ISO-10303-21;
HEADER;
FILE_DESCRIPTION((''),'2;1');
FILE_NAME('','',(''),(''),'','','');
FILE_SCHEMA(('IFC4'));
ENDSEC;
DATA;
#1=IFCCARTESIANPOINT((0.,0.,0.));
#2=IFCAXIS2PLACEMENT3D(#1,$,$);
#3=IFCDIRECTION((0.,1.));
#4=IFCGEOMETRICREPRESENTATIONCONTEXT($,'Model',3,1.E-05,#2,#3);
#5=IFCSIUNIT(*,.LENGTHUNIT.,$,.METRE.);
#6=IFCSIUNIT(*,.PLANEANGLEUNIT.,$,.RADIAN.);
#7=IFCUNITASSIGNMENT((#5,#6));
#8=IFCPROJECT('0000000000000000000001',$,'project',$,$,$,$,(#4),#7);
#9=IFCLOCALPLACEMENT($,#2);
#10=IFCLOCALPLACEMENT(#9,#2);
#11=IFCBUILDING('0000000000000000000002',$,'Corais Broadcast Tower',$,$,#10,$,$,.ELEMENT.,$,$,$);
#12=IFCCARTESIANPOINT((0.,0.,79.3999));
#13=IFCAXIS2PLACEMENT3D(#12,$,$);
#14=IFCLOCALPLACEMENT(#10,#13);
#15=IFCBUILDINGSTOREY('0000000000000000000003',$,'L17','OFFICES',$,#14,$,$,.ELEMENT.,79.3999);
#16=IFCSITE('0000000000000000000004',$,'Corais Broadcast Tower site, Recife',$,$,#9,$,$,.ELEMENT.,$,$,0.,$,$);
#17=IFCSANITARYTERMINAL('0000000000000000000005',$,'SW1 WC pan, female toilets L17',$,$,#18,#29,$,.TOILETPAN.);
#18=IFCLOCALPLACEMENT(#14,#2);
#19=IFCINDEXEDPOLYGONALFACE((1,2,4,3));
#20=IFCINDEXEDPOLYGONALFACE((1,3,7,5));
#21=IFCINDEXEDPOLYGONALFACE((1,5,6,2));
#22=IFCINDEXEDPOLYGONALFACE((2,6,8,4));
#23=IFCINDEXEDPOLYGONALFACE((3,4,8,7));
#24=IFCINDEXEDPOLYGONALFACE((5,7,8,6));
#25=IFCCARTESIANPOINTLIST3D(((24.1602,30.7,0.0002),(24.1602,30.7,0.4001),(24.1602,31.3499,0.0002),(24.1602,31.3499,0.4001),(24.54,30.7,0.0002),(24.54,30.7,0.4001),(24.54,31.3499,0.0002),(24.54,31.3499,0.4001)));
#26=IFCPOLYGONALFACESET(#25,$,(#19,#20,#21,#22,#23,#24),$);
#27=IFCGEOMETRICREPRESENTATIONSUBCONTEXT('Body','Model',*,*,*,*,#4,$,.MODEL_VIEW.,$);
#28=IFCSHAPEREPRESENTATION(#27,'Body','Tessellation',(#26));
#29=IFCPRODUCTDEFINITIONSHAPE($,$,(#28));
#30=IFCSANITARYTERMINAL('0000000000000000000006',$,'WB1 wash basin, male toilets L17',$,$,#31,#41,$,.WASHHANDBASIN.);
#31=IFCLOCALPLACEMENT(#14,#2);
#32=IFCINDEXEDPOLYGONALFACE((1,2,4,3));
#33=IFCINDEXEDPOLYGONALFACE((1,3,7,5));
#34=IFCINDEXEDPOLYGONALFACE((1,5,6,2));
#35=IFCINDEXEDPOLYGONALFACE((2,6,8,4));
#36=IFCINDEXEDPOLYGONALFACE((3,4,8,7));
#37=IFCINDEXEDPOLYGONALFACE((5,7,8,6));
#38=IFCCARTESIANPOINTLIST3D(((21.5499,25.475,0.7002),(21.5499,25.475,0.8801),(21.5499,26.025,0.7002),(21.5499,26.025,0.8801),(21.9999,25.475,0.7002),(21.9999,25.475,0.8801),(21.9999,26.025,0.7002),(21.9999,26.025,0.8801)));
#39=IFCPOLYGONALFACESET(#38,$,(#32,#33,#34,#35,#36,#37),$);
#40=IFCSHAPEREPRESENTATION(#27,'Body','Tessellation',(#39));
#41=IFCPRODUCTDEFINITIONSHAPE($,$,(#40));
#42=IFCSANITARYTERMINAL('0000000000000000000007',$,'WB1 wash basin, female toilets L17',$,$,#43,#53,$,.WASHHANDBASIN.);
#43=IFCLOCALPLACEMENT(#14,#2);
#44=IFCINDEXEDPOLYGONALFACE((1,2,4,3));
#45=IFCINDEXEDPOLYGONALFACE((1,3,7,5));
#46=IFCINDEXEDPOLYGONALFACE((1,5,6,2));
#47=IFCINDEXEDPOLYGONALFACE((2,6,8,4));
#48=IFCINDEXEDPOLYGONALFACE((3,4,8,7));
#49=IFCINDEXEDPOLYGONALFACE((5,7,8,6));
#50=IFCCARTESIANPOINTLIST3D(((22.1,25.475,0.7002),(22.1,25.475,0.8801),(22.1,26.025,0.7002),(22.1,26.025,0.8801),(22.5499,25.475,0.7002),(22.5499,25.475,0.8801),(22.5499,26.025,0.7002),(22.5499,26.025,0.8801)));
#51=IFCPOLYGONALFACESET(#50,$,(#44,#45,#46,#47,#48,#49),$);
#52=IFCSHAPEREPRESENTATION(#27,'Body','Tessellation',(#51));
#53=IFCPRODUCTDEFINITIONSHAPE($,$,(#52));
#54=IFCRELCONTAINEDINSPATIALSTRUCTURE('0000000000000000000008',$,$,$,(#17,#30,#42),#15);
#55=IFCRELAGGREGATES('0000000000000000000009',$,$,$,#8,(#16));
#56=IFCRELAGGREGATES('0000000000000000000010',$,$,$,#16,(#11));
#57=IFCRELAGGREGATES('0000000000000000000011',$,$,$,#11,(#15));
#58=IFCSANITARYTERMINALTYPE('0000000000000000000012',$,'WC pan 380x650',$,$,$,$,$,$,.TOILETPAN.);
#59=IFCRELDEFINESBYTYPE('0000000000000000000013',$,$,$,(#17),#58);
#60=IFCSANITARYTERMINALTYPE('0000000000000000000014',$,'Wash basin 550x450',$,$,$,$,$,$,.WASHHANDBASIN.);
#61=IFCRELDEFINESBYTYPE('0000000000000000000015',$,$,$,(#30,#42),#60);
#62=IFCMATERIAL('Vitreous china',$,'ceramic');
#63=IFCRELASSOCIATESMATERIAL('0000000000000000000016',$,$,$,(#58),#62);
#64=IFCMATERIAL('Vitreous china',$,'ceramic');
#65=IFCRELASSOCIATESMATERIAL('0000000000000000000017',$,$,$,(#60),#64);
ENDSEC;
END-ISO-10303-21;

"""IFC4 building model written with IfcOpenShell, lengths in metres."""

from ifc_helpers import new_model, si_unit, direction, frame, origin, origin_2d, place, context, subcontext, project, spatial, rectangle, extrude, material, type_object, element, save


model = new_model("IFC4")

# Units and contexts
model_context = context("Model", 3, precision=1e-05, world=origin(), true_north=direction((0.0, 1.0)))
body_context = subcontext(model_context, "Body", "Model", "MODEL_VIEW")
ifc_project = project(units=[si_unit("LENGTHUNIT", "METRE"), si_unit("PLANEANGLEUNIT", "RADIAN")], contexts=[model_context])

# Site, building, storey
site_placement = place(None, origin())
site = spatial("IfcSite", under=ifc_project, at=site_placement, Name="Corais Broadcast Tower site, Recife", CompositionType="ELEMENT", RefElevation=0.0)
building_placement = place(site_placement, origin())
building = spatial("IfcBuilding", under=site, at=building_placement, Name="Corais Broadcast Tower", CompositionType="ELEMENT")
storey_placement = place(building_placement, frame((0.0, 0.0, 79.3999)))
storey = spatial("IfcBuildingStorey", under=building, at=storey_placement, Name="L17", Description="OFFICES", CompositionType="ELEMENT", Elevation=79.3999)

# Sanitary terminals
ifc_material_1 = material(Name="Vitreous china", Category="ceramic")
sanitary_terminal_type_1 = type_object("IfcSanitaryTerminalType", Name="WC pan 380x650", PredefinedType="TOILETPAN", material=ifc_material_1)
for number, where, z_axis, x_axis, name in (
    (1, (24.3501, 31.0249, 0.0002), (0.0, 0.0, 1.0), (1.0, 0.0, 0.0), "SW1 WC pan, female toilets L17"),
):
    element("IfcSanitaryTerminal", number, at=place(storey_placement, frame(where, z_axis=z_axis, x_axis=x_axis)), inside=storey, type_object=sanitary_terminal_type_1, Name=name, PredefinedType="TOILETPAN", context=body_context, shape_type="SweptSolid", body=[
        extrude(rectangle(XDim=0.3799, YDim=0.6499, at=origin_2d()), origin(), (0.0, 0.0, 1.0), 0.3999),
    ])
ifc_material_2 = material(Name="Vitreous china", Category="ceramic")
sanitary_terminal_type_2 = type_object("IfcSanitaryTerminalType", Name="Wash basin 550x450", PredefinedType="WASHHANDBASIN", material=ifc_material_2)
for number, where, z_axis, x_axis, name in (
    (2, (21.7749, 25.75, 0.7002), (0.0, 0.0, 1.0), (1.0, 0.0, 0.0), "WB1 wash basin, male toilets L17"),
    (3, (22.325, 25.75, 0.7002), (0.0, 0.0, 1.0), (1.0, 0.0, 0.0), "WB1 wash basin, female toilets L17"),
):
    element("IfcSanitaryTerminal", number, at=place(storey_placement, frame(where, z_axis=z_axis, x_axis=x_axis)), inside=storey, type_object=sanitary_terminal_type_2, Name=name, PredefinedType="WASHHANDBASIN", context=body_context, shape_type="SweptSolid", body=[
        extrude(rectangle(XDim=0.45, YDim=0.55, at=origin_2d()), origin(), (0.0, 0.0, 1.0), 0.1799),
    ])

save(model, "model.ifc")
